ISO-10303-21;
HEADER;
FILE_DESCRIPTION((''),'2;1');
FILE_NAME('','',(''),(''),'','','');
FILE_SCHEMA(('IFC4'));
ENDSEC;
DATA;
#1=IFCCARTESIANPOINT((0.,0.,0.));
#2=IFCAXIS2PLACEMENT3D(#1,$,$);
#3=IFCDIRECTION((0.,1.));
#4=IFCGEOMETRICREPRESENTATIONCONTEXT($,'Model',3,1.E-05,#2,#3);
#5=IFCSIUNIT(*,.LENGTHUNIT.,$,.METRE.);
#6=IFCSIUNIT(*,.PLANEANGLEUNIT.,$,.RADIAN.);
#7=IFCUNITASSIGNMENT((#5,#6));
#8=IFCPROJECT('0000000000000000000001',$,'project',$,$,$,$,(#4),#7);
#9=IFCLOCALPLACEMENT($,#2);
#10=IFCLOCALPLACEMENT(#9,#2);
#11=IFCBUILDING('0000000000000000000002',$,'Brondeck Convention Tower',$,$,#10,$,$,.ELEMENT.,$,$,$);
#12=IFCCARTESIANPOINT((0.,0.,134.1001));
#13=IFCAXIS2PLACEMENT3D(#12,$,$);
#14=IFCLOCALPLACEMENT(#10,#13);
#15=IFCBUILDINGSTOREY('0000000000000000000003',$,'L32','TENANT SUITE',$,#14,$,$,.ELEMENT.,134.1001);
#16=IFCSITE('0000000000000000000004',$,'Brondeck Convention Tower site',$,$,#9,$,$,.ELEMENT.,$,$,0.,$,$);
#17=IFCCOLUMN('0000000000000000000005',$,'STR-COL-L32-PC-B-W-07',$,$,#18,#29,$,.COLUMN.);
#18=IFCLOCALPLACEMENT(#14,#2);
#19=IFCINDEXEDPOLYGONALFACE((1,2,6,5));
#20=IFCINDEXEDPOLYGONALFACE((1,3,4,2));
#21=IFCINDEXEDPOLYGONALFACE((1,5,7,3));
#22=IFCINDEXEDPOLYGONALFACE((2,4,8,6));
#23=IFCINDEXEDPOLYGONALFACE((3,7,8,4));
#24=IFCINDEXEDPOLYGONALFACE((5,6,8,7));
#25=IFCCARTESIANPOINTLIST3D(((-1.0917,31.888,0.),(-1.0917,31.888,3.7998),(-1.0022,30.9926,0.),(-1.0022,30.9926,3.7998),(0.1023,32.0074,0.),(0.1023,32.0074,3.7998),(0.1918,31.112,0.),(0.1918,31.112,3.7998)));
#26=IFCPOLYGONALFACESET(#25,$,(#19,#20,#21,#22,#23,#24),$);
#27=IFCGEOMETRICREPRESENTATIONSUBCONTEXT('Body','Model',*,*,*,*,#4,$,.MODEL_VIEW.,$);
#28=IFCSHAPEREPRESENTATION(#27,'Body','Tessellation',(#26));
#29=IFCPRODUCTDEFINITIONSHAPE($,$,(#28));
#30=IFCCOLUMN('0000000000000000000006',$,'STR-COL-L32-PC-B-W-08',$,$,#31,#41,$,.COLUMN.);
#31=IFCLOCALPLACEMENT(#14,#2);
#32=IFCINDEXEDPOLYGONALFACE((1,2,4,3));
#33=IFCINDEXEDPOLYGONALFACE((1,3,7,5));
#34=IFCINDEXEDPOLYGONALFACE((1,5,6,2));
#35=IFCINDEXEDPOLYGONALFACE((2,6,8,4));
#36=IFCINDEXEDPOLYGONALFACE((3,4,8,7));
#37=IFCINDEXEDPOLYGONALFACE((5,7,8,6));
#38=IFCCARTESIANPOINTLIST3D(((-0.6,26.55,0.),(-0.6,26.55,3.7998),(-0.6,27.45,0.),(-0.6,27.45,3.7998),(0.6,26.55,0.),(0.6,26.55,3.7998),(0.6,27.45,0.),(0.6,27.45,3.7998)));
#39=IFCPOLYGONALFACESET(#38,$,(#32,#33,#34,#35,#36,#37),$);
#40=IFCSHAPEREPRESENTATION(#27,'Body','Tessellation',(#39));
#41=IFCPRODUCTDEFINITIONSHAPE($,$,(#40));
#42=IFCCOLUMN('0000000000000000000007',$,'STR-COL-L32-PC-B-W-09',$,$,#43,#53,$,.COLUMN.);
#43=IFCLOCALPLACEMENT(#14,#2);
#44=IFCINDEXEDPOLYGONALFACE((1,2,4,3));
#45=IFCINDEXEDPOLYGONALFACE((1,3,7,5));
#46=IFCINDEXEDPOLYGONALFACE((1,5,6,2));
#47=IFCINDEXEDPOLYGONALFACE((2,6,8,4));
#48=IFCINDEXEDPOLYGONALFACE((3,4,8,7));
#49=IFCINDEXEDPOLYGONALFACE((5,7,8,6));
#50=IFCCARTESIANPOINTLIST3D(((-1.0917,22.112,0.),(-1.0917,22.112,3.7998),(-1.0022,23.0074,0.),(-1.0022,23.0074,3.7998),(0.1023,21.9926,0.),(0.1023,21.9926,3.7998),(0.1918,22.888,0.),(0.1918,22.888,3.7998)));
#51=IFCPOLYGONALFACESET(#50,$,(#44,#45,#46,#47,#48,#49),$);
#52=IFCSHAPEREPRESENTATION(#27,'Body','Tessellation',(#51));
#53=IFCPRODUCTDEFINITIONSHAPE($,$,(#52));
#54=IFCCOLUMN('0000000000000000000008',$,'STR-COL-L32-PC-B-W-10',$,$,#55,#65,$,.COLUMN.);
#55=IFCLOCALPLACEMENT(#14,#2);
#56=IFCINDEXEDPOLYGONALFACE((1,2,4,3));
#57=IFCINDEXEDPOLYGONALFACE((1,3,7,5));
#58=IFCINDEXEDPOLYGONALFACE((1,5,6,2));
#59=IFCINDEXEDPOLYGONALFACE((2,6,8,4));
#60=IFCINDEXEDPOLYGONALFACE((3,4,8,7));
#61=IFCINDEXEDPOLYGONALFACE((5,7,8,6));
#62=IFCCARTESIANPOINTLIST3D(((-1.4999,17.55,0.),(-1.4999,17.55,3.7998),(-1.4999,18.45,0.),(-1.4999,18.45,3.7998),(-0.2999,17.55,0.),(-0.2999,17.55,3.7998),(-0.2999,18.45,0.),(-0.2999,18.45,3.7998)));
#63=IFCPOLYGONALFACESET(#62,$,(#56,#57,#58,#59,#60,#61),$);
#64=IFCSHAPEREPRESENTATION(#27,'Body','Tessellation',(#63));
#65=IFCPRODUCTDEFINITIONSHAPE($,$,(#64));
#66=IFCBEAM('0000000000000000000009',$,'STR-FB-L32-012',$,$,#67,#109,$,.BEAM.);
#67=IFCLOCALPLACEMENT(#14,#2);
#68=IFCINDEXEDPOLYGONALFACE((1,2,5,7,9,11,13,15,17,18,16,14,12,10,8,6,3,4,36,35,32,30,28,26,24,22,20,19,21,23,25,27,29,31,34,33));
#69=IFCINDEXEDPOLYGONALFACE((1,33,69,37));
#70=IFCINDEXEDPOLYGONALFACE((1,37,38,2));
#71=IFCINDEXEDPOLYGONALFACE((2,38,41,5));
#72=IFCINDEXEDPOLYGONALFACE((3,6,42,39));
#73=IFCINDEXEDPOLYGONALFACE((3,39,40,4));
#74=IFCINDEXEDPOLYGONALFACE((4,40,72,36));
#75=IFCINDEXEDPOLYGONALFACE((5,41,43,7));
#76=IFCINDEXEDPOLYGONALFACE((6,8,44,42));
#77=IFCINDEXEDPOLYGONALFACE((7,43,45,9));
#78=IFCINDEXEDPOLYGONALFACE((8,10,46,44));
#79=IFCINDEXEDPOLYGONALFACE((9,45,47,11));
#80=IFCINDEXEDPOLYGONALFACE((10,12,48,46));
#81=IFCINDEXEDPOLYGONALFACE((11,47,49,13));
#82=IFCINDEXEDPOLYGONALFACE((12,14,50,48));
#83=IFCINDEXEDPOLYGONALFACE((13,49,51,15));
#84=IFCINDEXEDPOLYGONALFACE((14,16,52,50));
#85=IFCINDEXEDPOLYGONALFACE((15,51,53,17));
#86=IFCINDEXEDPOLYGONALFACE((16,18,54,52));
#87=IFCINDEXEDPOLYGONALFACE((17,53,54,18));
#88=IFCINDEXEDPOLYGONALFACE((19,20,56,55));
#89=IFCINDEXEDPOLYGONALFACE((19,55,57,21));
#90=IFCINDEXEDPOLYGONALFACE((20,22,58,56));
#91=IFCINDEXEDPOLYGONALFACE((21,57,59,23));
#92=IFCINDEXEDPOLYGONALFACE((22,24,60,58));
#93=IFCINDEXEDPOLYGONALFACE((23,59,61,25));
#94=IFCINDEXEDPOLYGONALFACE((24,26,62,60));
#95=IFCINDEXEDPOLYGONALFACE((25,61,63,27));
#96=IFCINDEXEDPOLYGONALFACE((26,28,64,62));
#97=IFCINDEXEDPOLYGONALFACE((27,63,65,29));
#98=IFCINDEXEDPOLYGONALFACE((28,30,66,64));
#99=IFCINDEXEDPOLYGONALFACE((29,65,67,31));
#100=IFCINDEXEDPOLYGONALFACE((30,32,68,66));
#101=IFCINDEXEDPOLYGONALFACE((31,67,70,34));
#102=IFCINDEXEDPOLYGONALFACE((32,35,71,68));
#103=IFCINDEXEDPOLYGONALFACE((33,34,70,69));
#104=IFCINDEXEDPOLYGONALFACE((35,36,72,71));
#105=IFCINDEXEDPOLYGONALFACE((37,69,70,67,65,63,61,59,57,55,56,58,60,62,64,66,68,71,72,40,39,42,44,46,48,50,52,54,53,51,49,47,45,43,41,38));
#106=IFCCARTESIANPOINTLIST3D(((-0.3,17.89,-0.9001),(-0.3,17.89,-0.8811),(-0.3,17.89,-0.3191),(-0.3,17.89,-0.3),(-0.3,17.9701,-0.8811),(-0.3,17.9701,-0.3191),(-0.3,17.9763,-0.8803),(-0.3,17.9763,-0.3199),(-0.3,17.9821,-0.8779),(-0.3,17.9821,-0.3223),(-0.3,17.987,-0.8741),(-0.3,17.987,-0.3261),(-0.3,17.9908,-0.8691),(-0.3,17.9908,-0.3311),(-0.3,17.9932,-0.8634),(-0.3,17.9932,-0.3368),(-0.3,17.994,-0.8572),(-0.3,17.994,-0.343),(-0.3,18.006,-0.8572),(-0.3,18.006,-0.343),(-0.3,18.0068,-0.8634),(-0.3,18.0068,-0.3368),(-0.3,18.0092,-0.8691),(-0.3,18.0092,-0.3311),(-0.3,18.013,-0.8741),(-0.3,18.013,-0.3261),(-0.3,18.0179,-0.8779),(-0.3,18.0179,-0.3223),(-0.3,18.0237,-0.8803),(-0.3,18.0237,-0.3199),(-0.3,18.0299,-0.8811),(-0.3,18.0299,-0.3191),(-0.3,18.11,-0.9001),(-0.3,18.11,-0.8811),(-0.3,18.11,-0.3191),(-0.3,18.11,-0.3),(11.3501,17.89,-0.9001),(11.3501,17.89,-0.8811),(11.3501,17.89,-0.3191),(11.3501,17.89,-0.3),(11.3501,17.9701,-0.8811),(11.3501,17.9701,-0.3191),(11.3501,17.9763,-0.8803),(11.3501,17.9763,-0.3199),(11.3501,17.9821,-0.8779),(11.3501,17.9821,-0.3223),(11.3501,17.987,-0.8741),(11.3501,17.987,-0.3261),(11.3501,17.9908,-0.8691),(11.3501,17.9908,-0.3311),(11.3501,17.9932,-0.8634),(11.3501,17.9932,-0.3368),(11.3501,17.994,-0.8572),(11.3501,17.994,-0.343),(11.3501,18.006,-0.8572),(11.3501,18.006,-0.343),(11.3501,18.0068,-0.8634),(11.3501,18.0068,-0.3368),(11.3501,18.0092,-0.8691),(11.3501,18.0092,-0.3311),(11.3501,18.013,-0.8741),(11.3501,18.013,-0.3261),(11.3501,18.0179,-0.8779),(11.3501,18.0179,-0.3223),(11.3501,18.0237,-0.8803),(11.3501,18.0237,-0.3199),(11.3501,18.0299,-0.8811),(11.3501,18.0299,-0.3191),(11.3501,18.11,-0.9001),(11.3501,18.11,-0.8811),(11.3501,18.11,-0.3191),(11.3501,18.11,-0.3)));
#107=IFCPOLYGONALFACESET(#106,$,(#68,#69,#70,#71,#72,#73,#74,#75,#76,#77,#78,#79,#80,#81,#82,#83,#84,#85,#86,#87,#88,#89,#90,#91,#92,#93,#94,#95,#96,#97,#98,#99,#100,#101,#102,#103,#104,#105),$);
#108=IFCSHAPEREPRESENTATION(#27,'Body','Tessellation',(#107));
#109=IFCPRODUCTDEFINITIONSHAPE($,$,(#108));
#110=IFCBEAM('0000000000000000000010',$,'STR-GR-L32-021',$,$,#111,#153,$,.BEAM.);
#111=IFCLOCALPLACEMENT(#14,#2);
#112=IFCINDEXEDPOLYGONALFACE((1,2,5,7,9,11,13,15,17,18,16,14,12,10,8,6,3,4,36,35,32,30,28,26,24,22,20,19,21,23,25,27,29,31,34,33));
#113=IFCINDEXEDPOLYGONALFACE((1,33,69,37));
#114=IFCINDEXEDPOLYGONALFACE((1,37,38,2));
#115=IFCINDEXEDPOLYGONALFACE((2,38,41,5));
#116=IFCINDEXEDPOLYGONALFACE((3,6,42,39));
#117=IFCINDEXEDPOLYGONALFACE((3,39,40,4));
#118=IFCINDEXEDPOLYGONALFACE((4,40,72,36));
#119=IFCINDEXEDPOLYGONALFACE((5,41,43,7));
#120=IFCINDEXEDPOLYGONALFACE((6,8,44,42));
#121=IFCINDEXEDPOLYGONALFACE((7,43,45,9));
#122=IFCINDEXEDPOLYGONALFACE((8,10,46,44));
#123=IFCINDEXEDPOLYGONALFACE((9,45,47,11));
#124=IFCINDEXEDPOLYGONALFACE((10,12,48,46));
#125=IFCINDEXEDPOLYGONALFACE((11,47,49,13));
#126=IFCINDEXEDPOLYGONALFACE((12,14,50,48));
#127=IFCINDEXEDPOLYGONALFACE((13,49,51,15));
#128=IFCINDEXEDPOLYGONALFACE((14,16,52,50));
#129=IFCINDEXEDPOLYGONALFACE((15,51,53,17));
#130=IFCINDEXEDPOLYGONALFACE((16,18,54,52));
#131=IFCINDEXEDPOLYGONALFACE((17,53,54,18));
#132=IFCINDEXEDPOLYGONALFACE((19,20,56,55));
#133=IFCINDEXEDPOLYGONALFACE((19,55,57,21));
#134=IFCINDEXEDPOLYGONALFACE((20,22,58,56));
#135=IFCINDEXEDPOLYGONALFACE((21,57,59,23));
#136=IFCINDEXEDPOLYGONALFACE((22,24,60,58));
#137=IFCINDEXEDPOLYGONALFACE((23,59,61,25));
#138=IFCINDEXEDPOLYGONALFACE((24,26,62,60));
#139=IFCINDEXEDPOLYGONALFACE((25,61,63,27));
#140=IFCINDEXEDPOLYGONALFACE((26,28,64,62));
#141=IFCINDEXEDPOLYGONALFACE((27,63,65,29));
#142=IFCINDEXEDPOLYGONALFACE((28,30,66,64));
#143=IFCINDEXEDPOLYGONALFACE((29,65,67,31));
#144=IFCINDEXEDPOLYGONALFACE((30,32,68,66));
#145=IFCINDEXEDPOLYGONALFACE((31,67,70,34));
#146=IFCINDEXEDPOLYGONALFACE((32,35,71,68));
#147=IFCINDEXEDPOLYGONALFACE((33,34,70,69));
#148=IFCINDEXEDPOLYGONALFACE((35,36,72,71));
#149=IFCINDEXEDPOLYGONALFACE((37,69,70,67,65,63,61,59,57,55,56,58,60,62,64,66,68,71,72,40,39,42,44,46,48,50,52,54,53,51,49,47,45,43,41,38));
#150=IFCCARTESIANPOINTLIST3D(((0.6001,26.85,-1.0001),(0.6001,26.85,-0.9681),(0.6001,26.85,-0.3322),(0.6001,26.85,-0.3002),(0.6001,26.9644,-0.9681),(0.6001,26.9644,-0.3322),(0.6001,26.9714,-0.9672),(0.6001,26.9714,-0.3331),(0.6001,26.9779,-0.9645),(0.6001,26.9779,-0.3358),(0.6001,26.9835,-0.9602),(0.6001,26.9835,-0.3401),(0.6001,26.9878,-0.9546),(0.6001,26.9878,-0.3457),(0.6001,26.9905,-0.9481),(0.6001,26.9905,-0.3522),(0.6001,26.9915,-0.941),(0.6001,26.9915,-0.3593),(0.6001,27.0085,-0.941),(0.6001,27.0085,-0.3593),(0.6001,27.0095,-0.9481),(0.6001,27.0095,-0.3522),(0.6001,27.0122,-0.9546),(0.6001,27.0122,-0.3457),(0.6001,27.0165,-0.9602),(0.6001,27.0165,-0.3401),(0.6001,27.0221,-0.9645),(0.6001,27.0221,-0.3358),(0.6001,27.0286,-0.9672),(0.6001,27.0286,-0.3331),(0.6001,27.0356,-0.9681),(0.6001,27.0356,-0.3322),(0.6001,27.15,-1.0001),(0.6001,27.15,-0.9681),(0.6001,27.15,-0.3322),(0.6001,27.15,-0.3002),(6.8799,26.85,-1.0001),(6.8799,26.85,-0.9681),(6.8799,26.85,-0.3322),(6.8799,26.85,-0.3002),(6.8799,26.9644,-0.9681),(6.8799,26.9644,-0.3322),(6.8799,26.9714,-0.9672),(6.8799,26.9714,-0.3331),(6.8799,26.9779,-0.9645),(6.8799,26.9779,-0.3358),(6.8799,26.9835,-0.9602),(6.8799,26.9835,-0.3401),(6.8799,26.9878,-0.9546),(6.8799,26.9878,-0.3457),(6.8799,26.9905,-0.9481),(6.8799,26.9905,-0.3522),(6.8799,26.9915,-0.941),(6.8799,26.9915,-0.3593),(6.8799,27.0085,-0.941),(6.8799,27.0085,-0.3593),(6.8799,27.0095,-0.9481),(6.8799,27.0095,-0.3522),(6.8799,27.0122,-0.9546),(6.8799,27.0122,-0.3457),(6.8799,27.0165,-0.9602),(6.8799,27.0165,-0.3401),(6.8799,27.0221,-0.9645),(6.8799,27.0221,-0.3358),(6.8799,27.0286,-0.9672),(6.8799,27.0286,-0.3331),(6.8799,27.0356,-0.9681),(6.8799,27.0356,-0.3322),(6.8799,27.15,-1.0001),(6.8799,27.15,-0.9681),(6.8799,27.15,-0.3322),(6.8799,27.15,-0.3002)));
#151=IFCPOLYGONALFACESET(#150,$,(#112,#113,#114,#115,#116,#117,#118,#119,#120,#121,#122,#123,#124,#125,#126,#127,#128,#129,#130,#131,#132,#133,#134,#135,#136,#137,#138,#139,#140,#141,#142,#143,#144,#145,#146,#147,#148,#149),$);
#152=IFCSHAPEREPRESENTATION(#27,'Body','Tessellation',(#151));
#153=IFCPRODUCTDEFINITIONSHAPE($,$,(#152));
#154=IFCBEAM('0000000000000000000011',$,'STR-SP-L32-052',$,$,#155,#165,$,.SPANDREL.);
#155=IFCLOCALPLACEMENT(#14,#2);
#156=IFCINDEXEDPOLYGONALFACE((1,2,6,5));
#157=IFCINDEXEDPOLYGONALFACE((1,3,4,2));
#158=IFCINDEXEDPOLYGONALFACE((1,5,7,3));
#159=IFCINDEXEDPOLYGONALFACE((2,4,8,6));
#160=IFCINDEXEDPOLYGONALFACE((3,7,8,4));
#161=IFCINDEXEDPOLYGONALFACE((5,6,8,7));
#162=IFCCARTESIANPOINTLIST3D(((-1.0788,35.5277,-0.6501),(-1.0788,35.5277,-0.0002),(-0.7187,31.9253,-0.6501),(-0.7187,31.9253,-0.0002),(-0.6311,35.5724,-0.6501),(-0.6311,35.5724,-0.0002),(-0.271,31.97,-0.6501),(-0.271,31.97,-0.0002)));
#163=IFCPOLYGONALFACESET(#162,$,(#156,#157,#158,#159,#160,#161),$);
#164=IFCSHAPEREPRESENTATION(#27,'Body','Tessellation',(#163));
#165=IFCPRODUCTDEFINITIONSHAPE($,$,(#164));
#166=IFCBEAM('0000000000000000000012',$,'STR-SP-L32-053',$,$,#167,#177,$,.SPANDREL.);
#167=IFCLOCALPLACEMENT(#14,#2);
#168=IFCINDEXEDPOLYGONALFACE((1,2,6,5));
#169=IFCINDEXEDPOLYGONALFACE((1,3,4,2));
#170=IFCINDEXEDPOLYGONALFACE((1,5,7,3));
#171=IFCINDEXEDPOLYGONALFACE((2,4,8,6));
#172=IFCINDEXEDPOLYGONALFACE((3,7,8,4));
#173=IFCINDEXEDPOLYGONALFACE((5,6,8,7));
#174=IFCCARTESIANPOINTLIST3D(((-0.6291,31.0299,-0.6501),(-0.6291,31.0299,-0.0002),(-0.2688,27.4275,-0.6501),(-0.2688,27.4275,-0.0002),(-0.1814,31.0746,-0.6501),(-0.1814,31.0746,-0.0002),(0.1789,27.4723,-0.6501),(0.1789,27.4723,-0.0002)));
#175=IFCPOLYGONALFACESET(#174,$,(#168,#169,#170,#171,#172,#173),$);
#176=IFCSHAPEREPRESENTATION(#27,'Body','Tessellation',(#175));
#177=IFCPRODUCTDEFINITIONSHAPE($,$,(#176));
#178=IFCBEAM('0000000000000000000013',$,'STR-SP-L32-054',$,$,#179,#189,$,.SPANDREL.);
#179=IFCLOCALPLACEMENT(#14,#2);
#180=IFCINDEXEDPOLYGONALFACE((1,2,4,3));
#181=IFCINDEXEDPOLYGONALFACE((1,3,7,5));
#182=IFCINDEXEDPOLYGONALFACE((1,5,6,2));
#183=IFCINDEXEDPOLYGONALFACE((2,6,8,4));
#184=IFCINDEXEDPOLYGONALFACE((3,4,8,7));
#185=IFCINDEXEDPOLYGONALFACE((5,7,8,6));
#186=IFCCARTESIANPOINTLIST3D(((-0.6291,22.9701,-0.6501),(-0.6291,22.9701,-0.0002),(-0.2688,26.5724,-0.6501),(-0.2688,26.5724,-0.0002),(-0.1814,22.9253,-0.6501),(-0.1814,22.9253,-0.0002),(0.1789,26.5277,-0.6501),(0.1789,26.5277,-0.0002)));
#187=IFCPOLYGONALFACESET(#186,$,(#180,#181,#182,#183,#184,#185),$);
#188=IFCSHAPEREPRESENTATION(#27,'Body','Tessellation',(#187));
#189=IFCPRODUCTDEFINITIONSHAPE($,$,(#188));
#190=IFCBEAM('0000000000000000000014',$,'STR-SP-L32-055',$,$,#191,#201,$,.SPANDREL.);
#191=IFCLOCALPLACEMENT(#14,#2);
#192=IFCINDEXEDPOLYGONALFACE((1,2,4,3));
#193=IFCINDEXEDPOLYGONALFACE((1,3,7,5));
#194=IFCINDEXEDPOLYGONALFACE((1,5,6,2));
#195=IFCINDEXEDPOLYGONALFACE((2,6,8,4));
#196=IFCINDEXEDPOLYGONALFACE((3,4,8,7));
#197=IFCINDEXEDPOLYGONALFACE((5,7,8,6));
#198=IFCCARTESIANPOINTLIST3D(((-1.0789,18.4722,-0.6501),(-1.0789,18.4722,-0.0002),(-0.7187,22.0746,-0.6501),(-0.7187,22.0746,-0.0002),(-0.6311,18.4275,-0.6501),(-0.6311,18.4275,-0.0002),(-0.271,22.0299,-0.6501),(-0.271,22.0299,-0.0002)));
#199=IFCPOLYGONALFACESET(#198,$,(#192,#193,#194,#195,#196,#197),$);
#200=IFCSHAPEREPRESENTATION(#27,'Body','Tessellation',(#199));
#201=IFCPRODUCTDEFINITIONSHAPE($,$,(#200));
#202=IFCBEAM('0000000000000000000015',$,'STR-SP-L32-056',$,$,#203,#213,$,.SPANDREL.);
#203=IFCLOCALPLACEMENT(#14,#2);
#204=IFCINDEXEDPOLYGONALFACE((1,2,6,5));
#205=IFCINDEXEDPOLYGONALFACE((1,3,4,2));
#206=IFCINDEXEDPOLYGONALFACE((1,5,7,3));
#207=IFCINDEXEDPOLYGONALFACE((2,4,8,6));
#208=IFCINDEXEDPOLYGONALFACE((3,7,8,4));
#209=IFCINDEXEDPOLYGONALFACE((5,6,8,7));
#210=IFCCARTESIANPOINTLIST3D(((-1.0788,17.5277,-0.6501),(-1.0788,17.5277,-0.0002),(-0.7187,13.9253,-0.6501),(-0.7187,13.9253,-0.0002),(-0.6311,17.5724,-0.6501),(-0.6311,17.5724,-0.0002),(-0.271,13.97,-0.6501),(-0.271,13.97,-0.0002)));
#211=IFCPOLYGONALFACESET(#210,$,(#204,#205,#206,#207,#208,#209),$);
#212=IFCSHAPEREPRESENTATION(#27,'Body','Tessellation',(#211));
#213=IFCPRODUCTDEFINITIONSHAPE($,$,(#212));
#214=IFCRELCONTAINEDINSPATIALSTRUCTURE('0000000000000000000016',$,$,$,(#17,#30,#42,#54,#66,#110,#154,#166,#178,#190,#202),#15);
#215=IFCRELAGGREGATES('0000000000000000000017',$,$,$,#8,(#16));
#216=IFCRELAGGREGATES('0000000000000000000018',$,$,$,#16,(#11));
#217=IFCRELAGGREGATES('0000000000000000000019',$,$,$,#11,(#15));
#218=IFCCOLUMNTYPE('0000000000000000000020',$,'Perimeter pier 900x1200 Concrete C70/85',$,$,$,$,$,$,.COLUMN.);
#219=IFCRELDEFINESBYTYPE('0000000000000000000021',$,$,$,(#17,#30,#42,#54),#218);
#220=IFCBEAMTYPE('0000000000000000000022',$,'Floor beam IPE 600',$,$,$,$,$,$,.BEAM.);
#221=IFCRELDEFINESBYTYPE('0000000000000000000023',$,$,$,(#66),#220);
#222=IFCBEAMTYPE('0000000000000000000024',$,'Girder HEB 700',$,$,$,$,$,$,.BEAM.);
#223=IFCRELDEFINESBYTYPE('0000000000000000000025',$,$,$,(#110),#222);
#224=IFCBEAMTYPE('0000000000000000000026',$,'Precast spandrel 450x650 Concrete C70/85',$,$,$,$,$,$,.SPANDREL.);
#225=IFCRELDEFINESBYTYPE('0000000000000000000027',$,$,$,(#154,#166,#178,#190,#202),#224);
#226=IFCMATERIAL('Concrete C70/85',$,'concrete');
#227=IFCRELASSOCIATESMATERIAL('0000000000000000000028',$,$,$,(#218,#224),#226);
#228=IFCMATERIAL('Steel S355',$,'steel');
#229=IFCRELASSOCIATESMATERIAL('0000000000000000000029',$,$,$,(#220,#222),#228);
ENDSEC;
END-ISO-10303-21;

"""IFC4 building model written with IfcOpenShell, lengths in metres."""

from ifc_helpers import new_model, si_unit, direction, frame, origin, origin_2d, place, context, subcontext, project, spatial, rectangle, i_section, extrude, material, material_profile, profile_set, type_object, element, save


model = new_model("IFC4")

# Units and contexts
model_context = context("Model", 3, precision=1e-05, world=origin(), true_north=direction((0.0, 1.0)))
body_context = subcontext(model_context, "Body", "Model", "MODEL_VIEW")
ifc_project = project(units=[si_unit("LENGTHUNIT", "METRE"), si_unit("PLANEANGLEUNIT", "RADIAN")], contexts=[model_context])

# Site, building, storey
site_placement = place(None, origin())
site = spatial("IfcSite", under=ifc_project, at=site_placement, Name="Brondeck Convention Tower site", CompositionType="ELEMENT", RefElevation=0.0)
building_placement = place(site_placement, origin())
building = spatial("IfcBuilding", under=site, at=building_placement, Name="Brondeck Convention Tower", CompositionType="ELEMENT")
storey_placement = place(building_placement, frame((0.0, 0.0, 134.1001)))
storey = spatial("IfcBuildingStorey", under=building, at=storey_placement, Name="L32", Description="TENANT SUITE", CompositionType="ELEMENT", Elevation=134.1001)

# Columns
ifc_material_1 = material(Name="Concrete C70/85", Category="concrete")
ifc_material_profile_1 = material_profile(ifc_material_1, rectangle(XDim=0.8999, YDim=1.2, at=origin_2d()), Name="Perimeter pier 900x1200 Concrete C70/85")
ifc_profile_set_1 = profile_set([ifc_material_profile_1], Name="Concrete C70/85")
column_type = type_object("IfcColumnType", Name="Perimeter pier 900x1200 Concrete C70/85", PredefinedType="COLUMN", material=ifc_profile_set_1)
for number, where, z_axis, x_axis, name in (
    (1, (-0.45, 31.5, 0.0), (0.0, 0.0, 1.0), (0.099504, -0.995037, 0.0), "STR-COL-L32-PC-B-W-07"),
    (2, (0.0, 27.0, 0.0), (0.0, 0.0, 1.0), (0.0, -1.0, 0.0), "STR-COL-L32-PC-B-W-08"),
    (3, (-0.45, 22.5, 0.0), (0.0, 0.0, 1.0), (-0.099504, -0.995037, 0.0), "STR-COL-L32-PC-B-W-09"),
    (4, (-0.8999, 18.0, 0.0), (0.0, 0.0, 1.0), (0.0, -1.0, 0.0), "STR-COL-L32-PC-B-W-10"),
):
    element("IfcColumn", number, at=place(storey_placement, frame(where, z_axis=z_axis, x_axis=x_axis)), inside=storey, type_object=column_type, Name=name, PredefinedType="COLUMN", context=body_context, shape_type="SweptSolid", body=[
        extrude(rectangle(XDim=0.8999, YDim=1.2, at=origin_2d()), origin(), (0.0, 0.0, 1.0), 3.7998),
    ])

# Beams
ifc_material_2 = material(Name="Steel S355", Category="steel")
ifc_material_profile_2 = material_profile(ifc_material_2, i_section(OverallWidth=0.22, OverallDepth=0.6001, WebThickness=0.012, FlangeThickness=0.019, FilletRadius=0.0239, at=origin_2d()), Name="IPE 600")
ifc_profile_set_2 = profile_set([ifc_material_profile_2], Name="Steel S355")
beam_type_1 = type_object("IfcBeamType", Name="Floor beam IPE 600", PredefinedType="BEAM", material=ifc_profile_set_2)
beam_1_placement = place(storey_placement, frame((-0.3, 18.0, -0.6001), z_axis=(1.0, 0.0, 0.0), x_axis=(0.0, 1.0, 0.0)))
element("IfcBeam", 5, at=beam_1_placement, inside=storey, type_object=beam_type_1, Name="STR-FB-L32-012", PredefinedType="BEAM", context=body_context, shape_type="SweptSolid", body=[
    extrude(i_section(OverallWidth=0.22, OverallDepth=0.6001, WebThickness=0.012, FlangeThickness=0.019, FilletRadius=0.0239, at=origin_2d()), origin(), (0.0, 0.0, 1.0), 11.6501),
])
ifc_material_profile_3 = material_profile(ifc_material_2, i_section(OverallWidth=0.3, OverallDepth=0.7, WebThickness=0.0171, FlangeThickness=0.032, FilletRadius=0.0271, at=origin_2d()), Name="HEB 700")
ifc_profile_set_3 = profile_set([ifc_material_profile_3], Name="Steel S355")
beam_type_2 = type_object("IfcBeamType", Name="Girder HEB 700", PredefinedType="BEAM", material=ifc_profile_set_3)
beam_2_placement = place(storey_placement, frame((0.6001, 27.0, -0.6501), z_axis=(1.0, 0.0, 0.0), x_axis=(0.0, 1.0, 0.0)))
element("IfcBeam", 6, at=beam_2_placement, inside=storey, type_object=beam_type_2, Name="STR-GR-L32-021", PredefinedType="BEAM", context=body_context, shape_type="SweptSolid", body=[
    extrude(i_section(OverallWidth=0.3, OverallDepth=0.7, WebThickness=0.0171, FlangeThickness=0.032, FilletRadius=0.0271, at=origin_2d()), origin(), (0.0, 0.0, 1.0), 6.2798),
])
ifc_material_profile_4 = material_profile(ifc_material_1, rectangle(XDim=0.45, YDim=0.6499, at=origin_2d()), Name="Precast spandrel 450x650 Concrete C70/85")
ifc_profile_set_4 = profile_set([ifc_material_profile_4], Name="Concrete C70/85")
beam_type_3 = type_object("IfcBeamType", Name="Precast spandrel 450x650 Concrete C70/85", PredefinedType="SPANDREL", material=ifc_profile_set_4)
for number, where, z_axis, x_axis, name in (
    (7, (-0.855, 35.55, -0.3252), (0.09947, -0.995041, 0.0), (0.995041, 0.09947, 0.0), "STR-SP-L32-052"),
    (8, (-0.4053, 31.0522, -0.3252), (0.099537, -0.995034, 0.0), (0.995034, 0.099537, 0.0), "STR-SP-L32-053"),
    (9, (-0.0449, 26.55, -0.3252), (-0.099537, -0.995034, 0.0), (0.995034, -0.099537, 0.0), "STR-SP-L32-054"),
    (10, (-0.4949, 22.0522, -0.3252), (-0.09947, -0.995041, 0.0), (0.995041, -0.09947, 0.0), "STR-SP-L32-055"),
    (11, (-0.855, 17.55, -0.3252), (0.09947, -0.995041, 0.0), (0.995041, 0.09947, 0.0), "STR-SP-L32-056"),
):
    element("IfcBeam", number, at=place(storey_placement, frame(where, z_axis=z_axis, x_axis=x_axis)), inside=storey, type_object=beam_type_3, Name=name, PredefinedType="SPANDREL", context=body_context, shape_type="SweptSolid", body=[
        extrude(rectangle(XDim=0.45, YDim=0.6499, at=origin_2d()), origin(), (0.0, 0.0, 1.0), 3.6204),
    ])

save(model, "model.ifc")
